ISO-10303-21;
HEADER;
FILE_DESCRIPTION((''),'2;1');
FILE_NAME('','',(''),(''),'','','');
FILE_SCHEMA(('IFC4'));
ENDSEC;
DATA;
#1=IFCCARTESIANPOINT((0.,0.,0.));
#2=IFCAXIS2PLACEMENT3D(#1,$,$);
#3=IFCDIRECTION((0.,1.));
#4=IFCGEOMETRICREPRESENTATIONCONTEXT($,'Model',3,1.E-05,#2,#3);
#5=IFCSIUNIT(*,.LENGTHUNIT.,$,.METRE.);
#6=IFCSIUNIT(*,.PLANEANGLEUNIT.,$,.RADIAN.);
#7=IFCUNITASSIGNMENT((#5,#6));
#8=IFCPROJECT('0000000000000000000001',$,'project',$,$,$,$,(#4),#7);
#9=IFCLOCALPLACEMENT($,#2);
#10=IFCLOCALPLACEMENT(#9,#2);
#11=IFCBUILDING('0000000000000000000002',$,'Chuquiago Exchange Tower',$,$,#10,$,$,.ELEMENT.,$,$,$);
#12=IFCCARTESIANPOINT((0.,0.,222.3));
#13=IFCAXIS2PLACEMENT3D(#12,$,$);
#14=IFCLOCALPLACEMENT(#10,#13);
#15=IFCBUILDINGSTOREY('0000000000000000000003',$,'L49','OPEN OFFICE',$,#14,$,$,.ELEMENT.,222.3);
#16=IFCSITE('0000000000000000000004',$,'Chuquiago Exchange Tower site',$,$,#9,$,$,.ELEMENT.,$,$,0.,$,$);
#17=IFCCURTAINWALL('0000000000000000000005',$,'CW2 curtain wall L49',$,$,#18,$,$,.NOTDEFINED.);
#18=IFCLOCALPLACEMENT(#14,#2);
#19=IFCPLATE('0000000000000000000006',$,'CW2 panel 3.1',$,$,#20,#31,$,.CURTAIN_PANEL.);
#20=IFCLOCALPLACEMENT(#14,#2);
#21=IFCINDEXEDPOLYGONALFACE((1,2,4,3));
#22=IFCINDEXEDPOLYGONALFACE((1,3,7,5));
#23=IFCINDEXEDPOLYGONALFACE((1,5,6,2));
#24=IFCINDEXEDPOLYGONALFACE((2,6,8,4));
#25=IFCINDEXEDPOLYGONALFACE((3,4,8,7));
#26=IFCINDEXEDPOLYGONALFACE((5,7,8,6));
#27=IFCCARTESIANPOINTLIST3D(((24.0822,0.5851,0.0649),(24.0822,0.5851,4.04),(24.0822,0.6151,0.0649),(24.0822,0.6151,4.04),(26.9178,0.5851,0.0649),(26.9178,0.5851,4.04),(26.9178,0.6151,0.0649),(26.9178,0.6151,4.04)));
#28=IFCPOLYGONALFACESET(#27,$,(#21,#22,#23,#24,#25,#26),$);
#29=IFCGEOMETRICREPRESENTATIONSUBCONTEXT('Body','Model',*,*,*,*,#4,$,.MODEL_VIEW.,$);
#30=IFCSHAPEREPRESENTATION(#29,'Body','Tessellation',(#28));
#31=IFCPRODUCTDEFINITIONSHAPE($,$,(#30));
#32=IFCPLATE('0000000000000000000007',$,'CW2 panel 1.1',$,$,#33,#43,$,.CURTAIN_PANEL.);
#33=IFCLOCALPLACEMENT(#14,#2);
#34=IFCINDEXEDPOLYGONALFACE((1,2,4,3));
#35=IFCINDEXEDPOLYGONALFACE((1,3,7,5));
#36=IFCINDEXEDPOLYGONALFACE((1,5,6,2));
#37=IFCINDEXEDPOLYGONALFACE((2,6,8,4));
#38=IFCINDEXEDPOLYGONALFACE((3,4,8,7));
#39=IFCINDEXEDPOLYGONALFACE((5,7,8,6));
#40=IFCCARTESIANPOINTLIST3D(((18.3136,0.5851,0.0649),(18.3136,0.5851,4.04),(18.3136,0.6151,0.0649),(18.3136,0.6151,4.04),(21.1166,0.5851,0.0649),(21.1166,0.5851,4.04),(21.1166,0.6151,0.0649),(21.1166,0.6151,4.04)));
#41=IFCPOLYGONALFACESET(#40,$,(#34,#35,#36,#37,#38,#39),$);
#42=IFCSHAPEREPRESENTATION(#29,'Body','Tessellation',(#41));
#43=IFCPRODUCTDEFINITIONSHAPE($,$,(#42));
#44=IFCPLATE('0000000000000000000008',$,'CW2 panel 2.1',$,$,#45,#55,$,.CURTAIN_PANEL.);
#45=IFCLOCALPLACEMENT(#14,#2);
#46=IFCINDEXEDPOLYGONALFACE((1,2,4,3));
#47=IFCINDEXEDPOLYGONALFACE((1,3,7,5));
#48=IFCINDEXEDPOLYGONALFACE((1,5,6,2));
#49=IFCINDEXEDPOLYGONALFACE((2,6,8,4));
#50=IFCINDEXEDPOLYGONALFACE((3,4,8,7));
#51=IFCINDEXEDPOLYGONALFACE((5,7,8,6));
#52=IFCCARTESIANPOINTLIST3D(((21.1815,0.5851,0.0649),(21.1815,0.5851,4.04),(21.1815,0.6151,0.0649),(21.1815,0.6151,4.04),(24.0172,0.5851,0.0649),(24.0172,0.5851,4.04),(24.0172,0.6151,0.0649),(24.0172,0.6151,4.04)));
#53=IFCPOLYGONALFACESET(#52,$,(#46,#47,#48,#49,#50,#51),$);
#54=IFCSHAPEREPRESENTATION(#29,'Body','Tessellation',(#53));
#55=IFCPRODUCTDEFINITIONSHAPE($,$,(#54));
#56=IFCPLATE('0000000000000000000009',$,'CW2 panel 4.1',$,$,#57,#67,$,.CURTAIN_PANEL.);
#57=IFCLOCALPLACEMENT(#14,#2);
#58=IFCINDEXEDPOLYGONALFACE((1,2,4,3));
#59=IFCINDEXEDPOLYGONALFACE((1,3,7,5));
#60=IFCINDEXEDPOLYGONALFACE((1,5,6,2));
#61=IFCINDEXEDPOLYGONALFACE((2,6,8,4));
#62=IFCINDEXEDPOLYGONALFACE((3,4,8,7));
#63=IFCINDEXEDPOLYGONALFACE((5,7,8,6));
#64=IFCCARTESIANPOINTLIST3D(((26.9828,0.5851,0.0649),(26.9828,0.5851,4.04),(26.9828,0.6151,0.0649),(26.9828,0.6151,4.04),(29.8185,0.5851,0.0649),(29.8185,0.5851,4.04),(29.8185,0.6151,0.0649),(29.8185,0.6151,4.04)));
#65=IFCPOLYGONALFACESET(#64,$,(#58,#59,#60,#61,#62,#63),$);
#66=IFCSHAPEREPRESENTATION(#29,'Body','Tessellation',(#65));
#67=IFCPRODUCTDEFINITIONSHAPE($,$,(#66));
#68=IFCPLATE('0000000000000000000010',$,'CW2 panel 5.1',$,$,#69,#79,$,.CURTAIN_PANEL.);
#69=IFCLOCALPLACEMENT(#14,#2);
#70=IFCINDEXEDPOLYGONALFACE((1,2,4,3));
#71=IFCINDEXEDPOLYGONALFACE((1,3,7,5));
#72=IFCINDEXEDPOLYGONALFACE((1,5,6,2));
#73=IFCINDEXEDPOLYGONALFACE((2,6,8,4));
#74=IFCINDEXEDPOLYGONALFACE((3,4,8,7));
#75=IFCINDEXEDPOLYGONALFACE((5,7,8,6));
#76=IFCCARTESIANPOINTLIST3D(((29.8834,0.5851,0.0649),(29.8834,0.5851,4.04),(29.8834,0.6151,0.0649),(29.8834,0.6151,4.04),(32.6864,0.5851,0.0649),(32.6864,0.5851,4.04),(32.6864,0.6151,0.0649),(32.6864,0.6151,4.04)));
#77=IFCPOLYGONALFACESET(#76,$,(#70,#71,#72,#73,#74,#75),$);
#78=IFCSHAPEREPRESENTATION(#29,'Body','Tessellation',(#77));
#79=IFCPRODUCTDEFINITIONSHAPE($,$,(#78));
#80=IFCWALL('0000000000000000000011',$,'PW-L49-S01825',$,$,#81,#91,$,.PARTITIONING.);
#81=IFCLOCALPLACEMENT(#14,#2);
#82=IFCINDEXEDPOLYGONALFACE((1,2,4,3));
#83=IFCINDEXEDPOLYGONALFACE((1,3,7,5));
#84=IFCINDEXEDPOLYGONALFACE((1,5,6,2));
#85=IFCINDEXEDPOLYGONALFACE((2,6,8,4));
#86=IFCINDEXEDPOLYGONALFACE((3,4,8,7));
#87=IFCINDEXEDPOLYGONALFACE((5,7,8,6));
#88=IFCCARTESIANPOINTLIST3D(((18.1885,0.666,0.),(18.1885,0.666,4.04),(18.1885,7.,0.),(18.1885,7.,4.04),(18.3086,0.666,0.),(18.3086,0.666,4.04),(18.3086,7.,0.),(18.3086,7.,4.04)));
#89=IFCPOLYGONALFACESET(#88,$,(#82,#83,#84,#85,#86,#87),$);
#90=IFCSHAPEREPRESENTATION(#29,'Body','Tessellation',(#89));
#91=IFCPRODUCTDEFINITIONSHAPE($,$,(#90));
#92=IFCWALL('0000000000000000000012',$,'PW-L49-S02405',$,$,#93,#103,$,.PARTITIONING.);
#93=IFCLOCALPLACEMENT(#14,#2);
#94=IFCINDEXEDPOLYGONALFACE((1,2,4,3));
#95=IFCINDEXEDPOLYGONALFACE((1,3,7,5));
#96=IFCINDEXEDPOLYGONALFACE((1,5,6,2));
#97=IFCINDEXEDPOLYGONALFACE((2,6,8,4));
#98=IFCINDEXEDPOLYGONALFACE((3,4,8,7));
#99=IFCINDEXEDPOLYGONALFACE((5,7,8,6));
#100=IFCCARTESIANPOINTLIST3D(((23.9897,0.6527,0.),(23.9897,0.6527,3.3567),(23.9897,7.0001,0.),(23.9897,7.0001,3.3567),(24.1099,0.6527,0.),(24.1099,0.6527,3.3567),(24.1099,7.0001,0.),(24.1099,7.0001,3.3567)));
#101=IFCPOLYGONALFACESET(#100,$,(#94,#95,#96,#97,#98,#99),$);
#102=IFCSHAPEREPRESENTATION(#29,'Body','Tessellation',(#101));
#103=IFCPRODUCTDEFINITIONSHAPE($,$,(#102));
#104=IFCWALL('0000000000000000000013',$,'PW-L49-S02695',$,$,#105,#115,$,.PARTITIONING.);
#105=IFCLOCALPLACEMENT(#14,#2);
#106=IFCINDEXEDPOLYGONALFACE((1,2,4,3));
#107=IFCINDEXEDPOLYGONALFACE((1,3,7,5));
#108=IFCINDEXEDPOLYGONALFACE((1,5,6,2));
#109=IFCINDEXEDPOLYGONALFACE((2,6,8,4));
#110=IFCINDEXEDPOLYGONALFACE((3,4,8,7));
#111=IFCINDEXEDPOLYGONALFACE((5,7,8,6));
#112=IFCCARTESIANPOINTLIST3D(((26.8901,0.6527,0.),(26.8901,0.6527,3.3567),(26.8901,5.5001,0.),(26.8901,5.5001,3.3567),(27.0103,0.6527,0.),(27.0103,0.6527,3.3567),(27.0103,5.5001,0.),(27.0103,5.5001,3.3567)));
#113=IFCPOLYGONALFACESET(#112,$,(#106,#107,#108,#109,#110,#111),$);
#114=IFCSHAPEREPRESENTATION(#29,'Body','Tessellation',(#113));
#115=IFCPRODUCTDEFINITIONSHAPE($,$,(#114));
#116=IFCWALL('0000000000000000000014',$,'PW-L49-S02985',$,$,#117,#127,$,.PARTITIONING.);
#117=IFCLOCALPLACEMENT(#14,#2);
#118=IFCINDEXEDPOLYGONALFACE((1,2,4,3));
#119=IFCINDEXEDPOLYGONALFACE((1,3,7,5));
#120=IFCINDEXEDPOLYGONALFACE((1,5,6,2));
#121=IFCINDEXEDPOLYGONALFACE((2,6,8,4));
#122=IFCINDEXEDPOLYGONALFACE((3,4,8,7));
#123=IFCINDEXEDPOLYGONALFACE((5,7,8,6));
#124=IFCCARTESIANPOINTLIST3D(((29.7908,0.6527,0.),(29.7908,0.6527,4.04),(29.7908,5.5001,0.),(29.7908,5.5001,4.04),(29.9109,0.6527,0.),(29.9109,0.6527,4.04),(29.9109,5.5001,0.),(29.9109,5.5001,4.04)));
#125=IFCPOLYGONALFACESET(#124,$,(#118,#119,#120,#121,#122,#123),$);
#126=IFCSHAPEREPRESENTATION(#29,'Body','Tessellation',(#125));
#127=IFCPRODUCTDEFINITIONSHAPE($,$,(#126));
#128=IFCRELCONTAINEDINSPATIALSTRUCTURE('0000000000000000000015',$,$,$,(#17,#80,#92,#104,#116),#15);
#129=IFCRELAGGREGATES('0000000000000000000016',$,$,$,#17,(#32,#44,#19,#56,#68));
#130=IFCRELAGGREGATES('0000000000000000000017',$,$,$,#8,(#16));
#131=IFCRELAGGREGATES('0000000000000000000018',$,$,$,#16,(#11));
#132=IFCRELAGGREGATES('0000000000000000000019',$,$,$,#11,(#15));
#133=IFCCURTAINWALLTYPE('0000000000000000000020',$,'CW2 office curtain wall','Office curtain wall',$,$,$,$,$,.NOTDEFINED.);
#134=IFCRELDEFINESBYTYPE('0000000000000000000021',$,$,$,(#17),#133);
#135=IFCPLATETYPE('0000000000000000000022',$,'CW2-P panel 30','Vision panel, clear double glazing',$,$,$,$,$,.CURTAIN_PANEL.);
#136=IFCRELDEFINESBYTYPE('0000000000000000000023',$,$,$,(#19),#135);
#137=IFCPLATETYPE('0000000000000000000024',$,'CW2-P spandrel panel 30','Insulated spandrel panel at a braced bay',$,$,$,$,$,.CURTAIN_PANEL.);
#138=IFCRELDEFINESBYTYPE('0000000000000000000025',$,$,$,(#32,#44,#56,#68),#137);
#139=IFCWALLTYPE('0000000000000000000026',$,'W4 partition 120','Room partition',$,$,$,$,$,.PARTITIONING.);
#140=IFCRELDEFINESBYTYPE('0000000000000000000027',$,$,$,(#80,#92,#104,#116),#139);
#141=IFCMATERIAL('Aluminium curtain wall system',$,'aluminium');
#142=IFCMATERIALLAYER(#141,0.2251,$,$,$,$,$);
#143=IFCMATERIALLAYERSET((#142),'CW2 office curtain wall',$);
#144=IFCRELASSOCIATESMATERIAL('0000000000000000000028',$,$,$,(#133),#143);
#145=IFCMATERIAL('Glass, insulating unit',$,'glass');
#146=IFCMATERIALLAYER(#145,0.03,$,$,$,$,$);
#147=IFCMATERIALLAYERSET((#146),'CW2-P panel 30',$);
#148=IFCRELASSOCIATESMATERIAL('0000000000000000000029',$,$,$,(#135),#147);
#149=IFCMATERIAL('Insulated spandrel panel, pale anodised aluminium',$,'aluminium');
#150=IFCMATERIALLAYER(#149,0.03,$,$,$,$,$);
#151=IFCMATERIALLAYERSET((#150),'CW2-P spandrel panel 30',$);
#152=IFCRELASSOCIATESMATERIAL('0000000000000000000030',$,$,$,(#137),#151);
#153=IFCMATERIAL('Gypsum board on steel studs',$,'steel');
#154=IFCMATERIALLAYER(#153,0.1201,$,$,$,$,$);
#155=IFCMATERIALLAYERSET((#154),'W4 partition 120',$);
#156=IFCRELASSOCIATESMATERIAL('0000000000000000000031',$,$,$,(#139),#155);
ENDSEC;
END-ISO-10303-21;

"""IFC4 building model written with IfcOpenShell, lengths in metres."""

from ifc_helpers import new_model, si_unit, direction, frame, frame_2d, origin, origin_2d, place, context, subcontext, project, spatial, rectangle, extrude, material, layer, layer_set, type_object, element, aggregate, save


model = new_model("IFC4")

# Units and contexts
model_context = context("Model", 3, precision=1e-05, world=origin(), true_north=direction((0.0, 1.0)))
body_context = subcontext(model_context, "Body", "Model", "MODEL_VIEW")
ifc_project = project(units=[si_unit("LENGTHUNIT", "METRE"), si_unit("PLANEANGLEUNIT", "RADIAN")], contexts=[model_context])

# Site, building, storey
site_placement = place(None, origin())
site = spatial("IfcSite", under=ifc_project, at=site_placement, Name="Chuquiago Exchange Tower site", CompositionType="ELEMENT", RefElevation=0.0)
building_placement = place(site_placement, origin())
building = spatial("IfcBuilding", under=site, at=building_placement, Name="Chuquiago Exchange Tower", CompositionType="ELEMENT")
storey_placement = place(building_placement, frame((0.0, 0.0, 222.3)))
storey = spatial("IfcBuildingStorey", under=building, at=storey_placement, Name="L49", Description="OPEN OFFICE", CompositionType="ELEMENT", Elevation=222.3)

# Curtain wall
ifc_material_1 = material(Name="Aluminium curtain wall system", Category="aluminium")
ifc_layer_1 = layer(ifc_material_1, 0.2251)
ifc_layer_set_1 = layer_set([ifc_layer_1], Name="CW2 office curtain wall")
curtain_wall_type_1 = type_object("IfcCurtainWallType", Name="CW2 office curtain wall", Description="Office curtain wall", PredefinedType="NOTDEFINED", material=ifc_layer_set_1)
curtain_wall_1_placement = place(storey_placement, origin())
curtain_wall_1 = element("IfcCurtainWall", 1, at=curtain_wall_1_placement, inside=storey, type_object=curtain_wall_type_1, Name="CW2 curtain wall L49", PredefinedType="NOTDEFINED")

# Plates
ifc_material_2 = material(Name="Glass, insulating unit", Category="glass")
ifc_layer_2 = layer(ifc_material_2, 0.03)
ifc_layer_set_2 = layer_set([ifc_layer_2], Name="CW2-P panel 30")
plate_type_1 = type_object("IfcPlateType", Name="CW2-P panel 30", Description="Vision panel, clear double glazing", PredefinedType="CURTAIN_PANEL", material=ifc_layer_set_2)
plate_1_placement = place(storey_placement, frame((25.5, 0.6001, 0.0649), z_axis=(0.0, 0.0, 1.0), x_axis=(1.0, 0.0, 0.0)))
plate_1 = element("IfcPlate", 2, at=plate_1_placement, type_object=plate_type_1, Name="CW2 panel 3.1", PredefinedType="CURTAIN_PANEL", context=body_context, shape_type="SweptSolid", body=[
    extrude(rectangle(XDim=2.8357, YDim=0.03, at=origin_2d()), origin(), (0.0, 0.0, 1.0), 3.9751),
])
ifc_material_3 = material(Name="Insulated spandrel panel, pale anodised aluminium", Category="aluminium")
ifc_layer_3 = layer(ifc_material_3, 0.03)
ifc_layer_set_3 = layer_set([ifc_layer_3], Name="CW2-P spandrel panel 30")
plate_type_2 = type_object("IfcPlateType", Name="CW2-P spandrel panel 30", Description="Insulated spandrel panel at a braced bay", PredefinedType="CURTAIN_PANEL", material=ifc_layer_set_3)
plate_2_placement = place(storey_placement, frame((19.7151, 0.6001, 0.0649), z_axis=(0.0, 0.0, 1.0), x_axis=(1.0, 0.0, 0.0)))
plate_2 = element("IfcPlate", 3, at=plate_2_placement, type_object=plate_type_2, Name="CW2 panel 1.1", PredefinedType="CURTAIN_PANEL", context=body_context, shape_type="SweptSolid", body=[
    extrude(rectangle(XDim=2.803, YDim=0.03, at=origin_2d()), origin(), (0.0, 0.0, 1.0), 3.9751),
])
plate_3_placement = place(storey_placement, frame((22.5994, 0.6001, 0.0649), z_axis=(0.0, 0.0, 1.0), x_axis=(1.0, 0.0, 0.0)))
plate_3 = element("IfcPlate", 4, at=plate_3_placement, type_object=plate_type_2, Name="CW2 panel 2.1", PredefinedType="CURTAIN_PANEL", context=body_context, shape_type="SweptSolid", body=[
    extrude(rectangle(XDim=2.8357, YDim=0.03, at=origin_2d()), origin(), (0.0, 0.0, 1.0), 3.9751),
])
plate_4_placement = place(storey_placement, frame((28.4006, 0.6001, 0.0649), z_axis=(0.0, 0.0, 1.0), x_axis=(1.0, 0.0, 0.0)))
plate_4 = element("IfcPlate", 5, at=plate_4_placement, type_object=plate_type_2, Name="CW2 panel 4.1", PredefinedType="CURTAIN_PANEL", context=body_context, shape_type="SweptSolid", body=[
    extrude(rectangle(XDim=2.8357, YDim=0.03, at=origin_2d()), origin(), (0.0, 0.0, 1.0), 3.9751),
])
plate_5_placement = place(storey_placement, frame((31.2849, 0.6001, 0.0649), z_axis=(0.0, 0.0, 1.0), x_axis=(1.0, 0.0, 0.0)))
plate_5 = element("IfcPlate", 6, at=plate_5_placement, type_object=plate_type_2, Name="CW2 panel 5.1", PredefinedType="CURTAIN_PANEL", context=body_context, shape_type="SweptSolid", body=[
    extrude(rectangle(XDim=2.803, YDim=0.03, at=origin_2d()), origin(), (0.0, 0.0, 1.0), 3.9751),
])
aggregate(curtain_wall_1, [plate_2, plate_3, plate_1, plate_4, plate_5])

# Walls
ifc_material_4 = material(Name="Gypsum board on steel studs", Category="steel")
ifc_layer_4 = layer(ifc_material_4, 0.1201)
ifc_layer_set_4 = layer_set([ifc_layer_4], Name="W4 partition 120")
wall_type = type_object("IfcWallType", Name="W4 partition 120", Description="Room partition", PredefinedType="PARTITIONING", material=ifc_layer_set_4)
wall_1_placement = place(storey_placement, frame((18.2485, 0.666, 0.0), z_axis=(0.0, 0.0, 1.0), x_axis=(0.0, 1.0, 0.0)))
element("IfcWall", 7, at=wall_1_placement, inside=storey, type_object=wall_type, Name="PW-L49-S01825", PredefinedType="PARTITIONING", context=body_context, shape_type="SweptSolid", body=[
    extrude(rectangle(XDim=6.334, YDim=0.1201, at=frame_2d((3.167, 0.0))), origin(), (0.0, 0.0, 1.0), 4.04),
])
wall_2_placement = place(storey_placement, frame((24.0498, 0.6526, 0.0), z_axis=(0.0, 0.0, 1.0), x_axis=(0.0, 1.0, 0.0)))
element("IfcWall", 8, at=wall_2_placement, inside=storey, type_object=wall_type, Name="PW-L49-S02405", PredefinedType="PARTITIONING", context=body_context, shape_type="SweptSolid", body=[
    extrude(rectangle(XDim=6.3474, YDim=0.1201, at=frame_2d((3.1738, 0.0))), origin(), (0.0, 0.0, 1.0), 3.3567),
])
wall_3_placement = place(storey_placement, frame((26.9502, 0.6526, 0.0), z_axis=(0.0, 0.0, 1.0), x_axis=(0.0, 1.0, 0.0)))
element("IfcWall", 9, at=wall_3_placement, inside=storey, type_object=wall_type, Name="PW-L49-S02695", PredefinedType="PARTITIONING", context=body_context, shape_type="SweptSolid", body=[
    extrude(rectangle(XDim=4.8474, YDim=0.1201, at=frame_2d((2.4238, 0.0))), origin(), (0.0, 0.0, 1.0), 3.3567),
])
wall_4_placement = place(storey_placement, frame((29.8508, 0.6526, 0.0), z_axis=(0.0, 0.0, 1.0), x_axis=(0.0, 1.0, 0.0)))
element("IfcWall", 10, at=wall_4_placement, inside=storey, type_object=wall_type, Name="PW-L49-S02985", PredefinedType="PARTITIONING", context=body_context, shape_type="SweptSolid", body=[
    extrude(rectangle(XDim=4.8474, YDim=0.1201, at=frame_2d((2.4238, 0.0))), origin(), (0.0, 0.0, 1.0), 4.04),
])

save(model, "model.ifc")
